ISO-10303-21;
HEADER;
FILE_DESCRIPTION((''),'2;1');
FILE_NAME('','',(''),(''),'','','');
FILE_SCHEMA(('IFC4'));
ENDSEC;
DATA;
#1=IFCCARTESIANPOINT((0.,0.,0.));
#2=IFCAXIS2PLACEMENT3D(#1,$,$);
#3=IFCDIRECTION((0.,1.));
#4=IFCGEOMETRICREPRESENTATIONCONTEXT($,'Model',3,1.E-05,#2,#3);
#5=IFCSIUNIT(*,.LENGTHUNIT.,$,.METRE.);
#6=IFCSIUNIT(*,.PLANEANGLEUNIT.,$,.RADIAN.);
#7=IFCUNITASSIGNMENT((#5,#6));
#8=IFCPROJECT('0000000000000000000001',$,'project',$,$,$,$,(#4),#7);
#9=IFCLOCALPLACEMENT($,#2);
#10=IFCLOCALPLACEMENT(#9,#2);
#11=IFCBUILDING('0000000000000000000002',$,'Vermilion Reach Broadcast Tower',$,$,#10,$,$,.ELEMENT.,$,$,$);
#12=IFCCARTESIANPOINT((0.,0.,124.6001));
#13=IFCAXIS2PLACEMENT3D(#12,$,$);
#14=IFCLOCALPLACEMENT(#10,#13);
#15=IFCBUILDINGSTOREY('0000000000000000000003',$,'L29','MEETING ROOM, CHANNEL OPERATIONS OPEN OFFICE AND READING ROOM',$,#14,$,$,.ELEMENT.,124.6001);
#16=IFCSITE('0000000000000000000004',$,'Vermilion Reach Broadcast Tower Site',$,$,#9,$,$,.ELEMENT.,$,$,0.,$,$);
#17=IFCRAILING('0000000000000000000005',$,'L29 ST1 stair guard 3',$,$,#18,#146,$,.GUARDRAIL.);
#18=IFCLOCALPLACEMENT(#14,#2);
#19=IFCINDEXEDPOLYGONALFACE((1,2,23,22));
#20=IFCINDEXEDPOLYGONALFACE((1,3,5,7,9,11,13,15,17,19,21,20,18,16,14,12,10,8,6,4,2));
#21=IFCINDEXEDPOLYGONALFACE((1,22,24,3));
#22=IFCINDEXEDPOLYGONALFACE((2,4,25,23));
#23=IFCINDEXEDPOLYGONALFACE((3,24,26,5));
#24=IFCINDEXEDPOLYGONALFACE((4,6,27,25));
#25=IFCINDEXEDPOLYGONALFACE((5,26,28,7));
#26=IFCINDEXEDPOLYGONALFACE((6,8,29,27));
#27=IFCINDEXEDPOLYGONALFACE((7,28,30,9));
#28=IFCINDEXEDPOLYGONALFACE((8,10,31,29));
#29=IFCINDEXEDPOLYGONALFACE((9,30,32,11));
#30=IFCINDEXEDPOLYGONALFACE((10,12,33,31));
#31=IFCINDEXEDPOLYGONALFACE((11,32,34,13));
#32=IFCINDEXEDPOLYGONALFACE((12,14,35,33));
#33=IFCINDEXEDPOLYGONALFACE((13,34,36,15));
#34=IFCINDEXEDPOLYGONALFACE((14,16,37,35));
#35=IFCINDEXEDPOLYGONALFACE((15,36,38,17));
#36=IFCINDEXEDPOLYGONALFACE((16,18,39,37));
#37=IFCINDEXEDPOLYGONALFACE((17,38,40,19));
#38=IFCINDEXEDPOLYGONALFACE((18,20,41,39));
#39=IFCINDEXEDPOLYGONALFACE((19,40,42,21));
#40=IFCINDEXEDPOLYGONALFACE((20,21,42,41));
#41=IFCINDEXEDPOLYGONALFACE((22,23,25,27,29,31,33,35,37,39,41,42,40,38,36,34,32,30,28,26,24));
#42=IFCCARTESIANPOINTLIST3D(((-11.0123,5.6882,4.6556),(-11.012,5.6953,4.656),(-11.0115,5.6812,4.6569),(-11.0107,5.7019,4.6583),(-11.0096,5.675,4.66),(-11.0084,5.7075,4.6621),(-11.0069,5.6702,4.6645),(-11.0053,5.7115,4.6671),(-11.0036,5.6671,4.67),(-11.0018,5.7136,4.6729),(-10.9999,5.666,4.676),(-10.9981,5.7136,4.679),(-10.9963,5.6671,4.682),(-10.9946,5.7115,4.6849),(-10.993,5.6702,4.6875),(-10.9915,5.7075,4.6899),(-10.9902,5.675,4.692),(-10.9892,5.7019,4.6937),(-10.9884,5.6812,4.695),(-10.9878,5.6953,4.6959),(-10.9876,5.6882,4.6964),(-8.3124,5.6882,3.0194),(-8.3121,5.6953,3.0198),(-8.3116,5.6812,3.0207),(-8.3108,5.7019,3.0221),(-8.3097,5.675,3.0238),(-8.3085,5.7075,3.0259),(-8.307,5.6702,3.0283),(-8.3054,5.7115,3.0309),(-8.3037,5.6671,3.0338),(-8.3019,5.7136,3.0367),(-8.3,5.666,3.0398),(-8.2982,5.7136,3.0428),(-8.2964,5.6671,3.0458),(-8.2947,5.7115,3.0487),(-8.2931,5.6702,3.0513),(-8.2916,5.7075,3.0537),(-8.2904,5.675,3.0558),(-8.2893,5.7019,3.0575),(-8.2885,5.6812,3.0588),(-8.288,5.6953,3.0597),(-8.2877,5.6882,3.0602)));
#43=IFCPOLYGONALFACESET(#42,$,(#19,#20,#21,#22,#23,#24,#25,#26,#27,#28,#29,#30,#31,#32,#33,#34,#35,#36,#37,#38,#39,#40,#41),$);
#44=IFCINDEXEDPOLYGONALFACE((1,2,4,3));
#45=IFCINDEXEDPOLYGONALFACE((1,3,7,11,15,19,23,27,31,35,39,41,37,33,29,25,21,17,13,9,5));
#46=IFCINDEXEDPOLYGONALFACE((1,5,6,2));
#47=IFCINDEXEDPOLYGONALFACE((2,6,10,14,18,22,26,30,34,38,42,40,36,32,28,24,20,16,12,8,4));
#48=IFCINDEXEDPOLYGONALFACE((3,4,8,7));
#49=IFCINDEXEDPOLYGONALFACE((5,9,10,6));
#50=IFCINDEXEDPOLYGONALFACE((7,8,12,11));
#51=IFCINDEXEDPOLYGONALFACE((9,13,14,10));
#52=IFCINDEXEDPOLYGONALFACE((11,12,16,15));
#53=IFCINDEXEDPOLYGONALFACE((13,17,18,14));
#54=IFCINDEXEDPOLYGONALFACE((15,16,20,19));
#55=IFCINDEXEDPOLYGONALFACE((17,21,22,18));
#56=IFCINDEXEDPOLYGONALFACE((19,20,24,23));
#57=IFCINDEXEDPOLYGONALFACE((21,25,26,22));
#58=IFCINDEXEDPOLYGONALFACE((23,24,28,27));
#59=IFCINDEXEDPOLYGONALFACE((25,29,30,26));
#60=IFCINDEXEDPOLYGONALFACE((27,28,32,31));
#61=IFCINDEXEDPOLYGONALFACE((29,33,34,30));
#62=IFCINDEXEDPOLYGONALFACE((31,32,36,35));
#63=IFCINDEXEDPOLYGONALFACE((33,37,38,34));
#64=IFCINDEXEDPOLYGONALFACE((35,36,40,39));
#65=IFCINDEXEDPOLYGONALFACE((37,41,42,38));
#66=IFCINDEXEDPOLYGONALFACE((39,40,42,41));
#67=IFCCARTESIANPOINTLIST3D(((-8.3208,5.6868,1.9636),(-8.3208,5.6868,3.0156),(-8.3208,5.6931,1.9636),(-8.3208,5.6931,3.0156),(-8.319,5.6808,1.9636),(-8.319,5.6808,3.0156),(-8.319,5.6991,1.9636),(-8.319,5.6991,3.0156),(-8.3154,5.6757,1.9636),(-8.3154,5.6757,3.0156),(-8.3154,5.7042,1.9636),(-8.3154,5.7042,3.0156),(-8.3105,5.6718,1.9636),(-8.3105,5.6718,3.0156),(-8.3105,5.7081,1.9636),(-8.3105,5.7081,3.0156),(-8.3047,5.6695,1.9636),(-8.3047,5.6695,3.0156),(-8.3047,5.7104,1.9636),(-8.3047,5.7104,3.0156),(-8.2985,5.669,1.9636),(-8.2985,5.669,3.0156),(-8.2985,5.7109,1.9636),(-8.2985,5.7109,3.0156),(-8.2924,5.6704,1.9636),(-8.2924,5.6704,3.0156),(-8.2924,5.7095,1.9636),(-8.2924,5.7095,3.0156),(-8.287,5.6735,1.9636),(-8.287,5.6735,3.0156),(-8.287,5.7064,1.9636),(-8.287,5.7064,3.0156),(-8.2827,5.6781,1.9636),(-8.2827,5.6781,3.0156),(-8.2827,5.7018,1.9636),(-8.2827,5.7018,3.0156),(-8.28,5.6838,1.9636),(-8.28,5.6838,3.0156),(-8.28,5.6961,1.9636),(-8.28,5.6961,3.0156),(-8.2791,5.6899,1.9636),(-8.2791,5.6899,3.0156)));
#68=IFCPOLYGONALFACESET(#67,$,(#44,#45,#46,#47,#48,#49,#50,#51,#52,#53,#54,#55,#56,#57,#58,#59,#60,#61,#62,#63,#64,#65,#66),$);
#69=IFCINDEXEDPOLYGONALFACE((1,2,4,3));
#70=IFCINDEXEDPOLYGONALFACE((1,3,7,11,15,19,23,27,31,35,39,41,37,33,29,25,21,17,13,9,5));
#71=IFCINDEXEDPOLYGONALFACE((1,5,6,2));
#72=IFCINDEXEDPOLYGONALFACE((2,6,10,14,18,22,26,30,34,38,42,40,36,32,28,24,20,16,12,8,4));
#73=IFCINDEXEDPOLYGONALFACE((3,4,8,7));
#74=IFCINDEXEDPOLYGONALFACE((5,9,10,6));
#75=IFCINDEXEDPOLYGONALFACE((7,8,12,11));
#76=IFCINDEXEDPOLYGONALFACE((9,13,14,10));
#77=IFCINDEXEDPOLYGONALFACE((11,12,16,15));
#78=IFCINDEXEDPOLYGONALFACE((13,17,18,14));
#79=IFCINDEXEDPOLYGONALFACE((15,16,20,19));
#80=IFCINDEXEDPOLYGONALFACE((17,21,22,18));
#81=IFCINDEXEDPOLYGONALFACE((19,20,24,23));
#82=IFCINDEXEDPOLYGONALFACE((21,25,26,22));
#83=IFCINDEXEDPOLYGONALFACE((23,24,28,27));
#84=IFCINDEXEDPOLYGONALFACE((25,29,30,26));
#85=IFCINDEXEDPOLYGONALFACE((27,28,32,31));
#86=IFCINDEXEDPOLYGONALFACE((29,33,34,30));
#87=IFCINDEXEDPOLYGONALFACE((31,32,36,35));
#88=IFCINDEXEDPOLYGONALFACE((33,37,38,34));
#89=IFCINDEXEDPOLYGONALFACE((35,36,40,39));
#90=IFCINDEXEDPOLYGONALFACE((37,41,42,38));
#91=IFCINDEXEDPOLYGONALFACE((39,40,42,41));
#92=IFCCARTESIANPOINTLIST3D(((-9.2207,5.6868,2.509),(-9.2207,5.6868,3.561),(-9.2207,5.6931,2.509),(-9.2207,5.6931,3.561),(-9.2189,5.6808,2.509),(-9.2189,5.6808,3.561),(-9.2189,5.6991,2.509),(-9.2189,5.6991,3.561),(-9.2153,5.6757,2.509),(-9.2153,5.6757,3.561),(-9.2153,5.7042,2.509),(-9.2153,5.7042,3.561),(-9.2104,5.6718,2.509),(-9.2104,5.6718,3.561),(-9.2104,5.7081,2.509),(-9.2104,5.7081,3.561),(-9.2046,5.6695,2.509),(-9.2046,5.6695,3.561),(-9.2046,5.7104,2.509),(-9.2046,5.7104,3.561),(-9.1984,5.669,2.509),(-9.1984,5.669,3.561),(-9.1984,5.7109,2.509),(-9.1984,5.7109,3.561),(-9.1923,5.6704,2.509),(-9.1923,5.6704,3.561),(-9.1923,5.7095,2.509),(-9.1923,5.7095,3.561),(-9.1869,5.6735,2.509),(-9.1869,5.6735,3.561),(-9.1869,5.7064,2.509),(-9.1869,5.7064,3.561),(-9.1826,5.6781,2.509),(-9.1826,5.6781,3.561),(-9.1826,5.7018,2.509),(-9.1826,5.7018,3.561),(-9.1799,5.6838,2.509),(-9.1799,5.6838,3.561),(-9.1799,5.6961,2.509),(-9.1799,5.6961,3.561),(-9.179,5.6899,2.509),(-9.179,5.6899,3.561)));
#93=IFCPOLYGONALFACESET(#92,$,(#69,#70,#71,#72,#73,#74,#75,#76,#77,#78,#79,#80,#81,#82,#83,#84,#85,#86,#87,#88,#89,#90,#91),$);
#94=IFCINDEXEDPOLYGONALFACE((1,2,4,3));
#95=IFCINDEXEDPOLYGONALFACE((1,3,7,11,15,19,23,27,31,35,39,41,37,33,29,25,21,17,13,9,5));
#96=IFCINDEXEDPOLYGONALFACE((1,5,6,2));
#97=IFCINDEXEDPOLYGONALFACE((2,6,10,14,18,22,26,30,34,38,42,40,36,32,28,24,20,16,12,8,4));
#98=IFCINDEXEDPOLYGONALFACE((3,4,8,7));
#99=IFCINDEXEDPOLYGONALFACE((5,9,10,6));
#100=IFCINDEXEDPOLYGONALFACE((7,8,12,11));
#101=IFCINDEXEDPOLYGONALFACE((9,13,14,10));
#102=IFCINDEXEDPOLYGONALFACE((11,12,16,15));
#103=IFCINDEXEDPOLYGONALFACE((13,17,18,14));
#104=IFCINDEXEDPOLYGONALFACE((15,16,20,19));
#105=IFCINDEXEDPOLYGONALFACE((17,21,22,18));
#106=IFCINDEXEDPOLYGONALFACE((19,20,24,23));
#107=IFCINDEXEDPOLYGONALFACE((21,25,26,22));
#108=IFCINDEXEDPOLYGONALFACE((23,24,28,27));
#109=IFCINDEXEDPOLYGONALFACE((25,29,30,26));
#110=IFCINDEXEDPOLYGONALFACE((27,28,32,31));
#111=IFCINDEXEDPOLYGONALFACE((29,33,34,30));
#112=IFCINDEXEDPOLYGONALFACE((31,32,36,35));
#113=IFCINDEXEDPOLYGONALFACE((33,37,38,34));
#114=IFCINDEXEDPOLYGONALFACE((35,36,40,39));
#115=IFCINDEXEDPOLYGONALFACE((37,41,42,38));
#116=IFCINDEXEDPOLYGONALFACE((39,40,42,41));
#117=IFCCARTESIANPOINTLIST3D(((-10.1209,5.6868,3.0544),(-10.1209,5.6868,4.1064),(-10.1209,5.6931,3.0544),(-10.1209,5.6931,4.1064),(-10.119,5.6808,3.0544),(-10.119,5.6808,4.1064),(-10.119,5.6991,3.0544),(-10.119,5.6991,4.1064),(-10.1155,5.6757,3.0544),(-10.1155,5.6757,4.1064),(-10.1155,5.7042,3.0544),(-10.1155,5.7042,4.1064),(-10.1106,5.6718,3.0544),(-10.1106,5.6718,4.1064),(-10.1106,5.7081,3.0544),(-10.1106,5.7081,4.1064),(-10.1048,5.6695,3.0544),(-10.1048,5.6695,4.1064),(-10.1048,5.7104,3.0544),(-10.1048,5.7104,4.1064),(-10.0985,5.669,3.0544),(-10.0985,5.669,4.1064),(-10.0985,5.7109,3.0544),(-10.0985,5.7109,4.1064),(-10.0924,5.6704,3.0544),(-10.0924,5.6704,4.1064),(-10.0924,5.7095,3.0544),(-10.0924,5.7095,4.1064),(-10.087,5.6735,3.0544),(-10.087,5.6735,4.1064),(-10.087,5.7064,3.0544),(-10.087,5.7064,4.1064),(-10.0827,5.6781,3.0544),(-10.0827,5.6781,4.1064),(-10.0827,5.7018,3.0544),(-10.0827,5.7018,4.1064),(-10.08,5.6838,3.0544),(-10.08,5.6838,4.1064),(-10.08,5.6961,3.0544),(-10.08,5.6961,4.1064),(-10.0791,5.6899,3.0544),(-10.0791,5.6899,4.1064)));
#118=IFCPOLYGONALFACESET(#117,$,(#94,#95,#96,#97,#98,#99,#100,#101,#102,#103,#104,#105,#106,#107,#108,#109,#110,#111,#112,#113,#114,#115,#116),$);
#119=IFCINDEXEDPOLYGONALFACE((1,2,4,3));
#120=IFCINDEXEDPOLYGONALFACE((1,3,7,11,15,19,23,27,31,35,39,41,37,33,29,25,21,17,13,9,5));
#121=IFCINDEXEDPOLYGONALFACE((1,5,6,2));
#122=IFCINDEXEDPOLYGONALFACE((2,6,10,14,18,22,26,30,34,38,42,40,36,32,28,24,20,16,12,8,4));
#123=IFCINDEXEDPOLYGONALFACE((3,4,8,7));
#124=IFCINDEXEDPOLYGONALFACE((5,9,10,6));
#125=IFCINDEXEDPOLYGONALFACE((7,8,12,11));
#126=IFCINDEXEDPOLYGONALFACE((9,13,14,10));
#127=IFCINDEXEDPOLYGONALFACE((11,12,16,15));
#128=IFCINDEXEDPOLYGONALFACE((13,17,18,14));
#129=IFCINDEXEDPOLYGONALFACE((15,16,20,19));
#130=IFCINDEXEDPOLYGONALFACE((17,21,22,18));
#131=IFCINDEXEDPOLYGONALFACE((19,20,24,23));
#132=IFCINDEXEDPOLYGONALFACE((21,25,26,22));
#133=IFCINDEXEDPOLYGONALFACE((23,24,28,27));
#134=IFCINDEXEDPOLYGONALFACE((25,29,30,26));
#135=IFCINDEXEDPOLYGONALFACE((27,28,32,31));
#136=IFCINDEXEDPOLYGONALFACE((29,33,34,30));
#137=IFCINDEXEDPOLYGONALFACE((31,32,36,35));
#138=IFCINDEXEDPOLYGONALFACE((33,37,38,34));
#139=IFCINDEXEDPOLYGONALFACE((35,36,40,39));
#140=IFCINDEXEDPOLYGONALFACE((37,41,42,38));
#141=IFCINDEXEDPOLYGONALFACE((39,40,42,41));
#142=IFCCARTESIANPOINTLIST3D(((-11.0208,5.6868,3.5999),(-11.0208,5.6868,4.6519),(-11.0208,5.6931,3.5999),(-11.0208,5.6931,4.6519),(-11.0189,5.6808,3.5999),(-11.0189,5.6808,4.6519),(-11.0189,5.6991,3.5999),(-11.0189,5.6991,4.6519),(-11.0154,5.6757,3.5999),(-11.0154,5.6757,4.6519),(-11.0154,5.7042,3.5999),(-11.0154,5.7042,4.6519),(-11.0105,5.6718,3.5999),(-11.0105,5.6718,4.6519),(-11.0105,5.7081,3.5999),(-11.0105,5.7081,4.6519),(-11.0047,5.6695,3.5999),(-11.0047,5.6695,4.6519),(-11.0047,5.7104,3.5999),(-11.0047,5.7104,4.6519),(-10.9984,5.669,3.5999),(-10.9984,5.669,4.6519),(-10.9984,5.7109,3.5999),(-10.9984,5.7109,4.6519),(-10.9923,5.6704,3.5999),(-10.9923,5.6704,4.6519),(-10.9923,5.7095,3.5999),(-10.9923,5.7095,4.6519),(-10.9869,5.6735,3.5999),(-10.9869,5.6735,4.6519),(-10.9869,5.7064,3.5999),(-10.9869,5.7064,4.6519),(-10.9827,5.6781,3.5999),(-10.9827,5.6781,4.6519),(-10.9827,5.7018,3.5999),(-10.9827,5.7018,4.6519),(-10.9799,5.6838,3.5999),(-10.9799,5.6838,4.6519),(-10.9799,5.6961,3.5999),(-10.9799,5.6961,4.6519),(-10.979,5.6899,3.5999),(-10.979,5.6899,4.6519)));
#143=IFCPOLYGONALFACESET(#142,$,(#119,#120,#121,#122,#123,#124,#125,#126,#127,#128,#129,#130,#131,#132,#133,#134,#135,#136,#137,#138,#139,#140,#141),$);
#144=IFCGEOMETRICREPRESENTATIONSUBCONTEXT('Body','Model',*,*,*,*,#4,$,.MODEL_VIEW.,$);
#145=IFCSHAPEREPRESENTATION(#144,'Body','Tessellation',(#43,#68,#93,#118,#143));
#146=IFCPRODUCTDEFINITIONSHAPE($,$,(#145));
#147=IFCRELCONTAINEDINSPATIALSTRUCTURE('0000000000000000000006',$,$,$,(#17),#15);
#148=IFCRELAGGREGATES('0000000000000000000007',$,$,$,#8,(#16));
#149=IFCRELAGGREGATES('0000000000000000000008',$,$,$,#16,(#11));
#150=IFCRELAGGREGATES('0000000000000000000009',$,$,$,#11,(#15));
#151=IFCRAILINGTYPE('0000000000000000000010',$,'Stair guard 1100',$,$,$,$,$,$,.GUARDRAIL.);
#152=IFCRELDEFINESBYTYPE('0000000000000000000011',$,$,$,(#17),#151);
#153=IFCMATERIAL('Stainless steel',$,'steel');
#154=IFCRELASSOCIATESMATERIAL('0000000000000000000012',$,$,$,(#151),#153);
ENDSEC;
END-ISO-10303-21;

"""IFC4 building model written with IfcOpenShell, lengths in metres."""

from ifc_helpers import new_model, si_unit, direction, frame, origin, origin_2d, place, context, subcontext, project, spatial, circle, extrude, material, type_object, element, save


model = new_model("IFC4")

# Units and contexts
model_context = context("Model", 3, precision=1e-05, world=origin(), true_north=direction((0.0, 1.0)))
body_context = subcontext(model_context, "Body", "Model", "MODEL_VIEW")
ifc_project = project(units=[si_unit("LENGTHUNIT", "METRE"), si_unit("PLANEANGLEUNIT", "RADIAN")], contexts=[model_context])

# Site, building, storey
site_placement = place(None, origin())
site = spatial("IfcSite", under=ifc_project, at=site_placement, Name="Vermilion Reach Broadcast Tower Site", CompositionType="ELEMENT", RefElevation=0.0)
building_placement = place(site_placement, origin())
building = spatial("IfcBuilding", under=site, at=building_placement, Name="Vermilion Reach Broadcast Tower", CompositionType="ELEMENT")
storey_placement = place(building_placement, frame((0.0, 0.0, 124.6001)))
storey = spatial("IfcBuildingStorey", under=building, at=storey_placement, Name="L29", Description="MEETING ROOM, CHANNEL OPERATIONS OPEN OFFICE AND READING ROOM", CompositionType="ELEMENT", Elevation=124.6001)

# Railing
ifc_material_1 = material(Name="Stainless steel", Category="steel")
railing_type_1 = type_object("IfcRailingType", Name="Stair guard 1100", PredefinedType="GUARDRAIL", material=ifc_material_1)
railing_1_placement = place(storey_placement, frame((-8.3, 5.6899, 1.9636)))
element("IfcRailing", 1, at=railing_1_placement, inside=storey, type_object=railing_type_1, Name="L29 ST1 stair guard 3", PredefinedType="GUARDRAIL", context=body_context, shape_type="SweptSolid", body=[
    extrude(circle(Radius=0.0239, at=origin_2d()), frame((0.0, 0.0, 1.0762), z_axis=(-0.855212, 0.0, 0.518278), x_axis=(0.0, -1.0, 0.0)), (0.0, 0.0, 1.0), 3.157),
    extrude(circle(Radius=0.021, at=origin_2d()), origin(), (0.0, 0.0, 1.0), 1.052),
    extrude(circle(Radius=0.021, at=origin_2d()), frame((-0.8999, 0.0, 0.5454)), (0.0, 0.0, 1.0), 1.052),
    extrude(circle(Radius=0.021, at=origin_2d()), frame((-1.8, 0.0, 1.0908)), (0.0, 0.0, 1.0), 1.052),
    extrude(circle(Radius=0.021, at=origin_2d()), frame((-2.7, 0.0, 1.6362)), (0.0, 0.0, 1.0), 1.052),
])

save(model, "model.ifc")
